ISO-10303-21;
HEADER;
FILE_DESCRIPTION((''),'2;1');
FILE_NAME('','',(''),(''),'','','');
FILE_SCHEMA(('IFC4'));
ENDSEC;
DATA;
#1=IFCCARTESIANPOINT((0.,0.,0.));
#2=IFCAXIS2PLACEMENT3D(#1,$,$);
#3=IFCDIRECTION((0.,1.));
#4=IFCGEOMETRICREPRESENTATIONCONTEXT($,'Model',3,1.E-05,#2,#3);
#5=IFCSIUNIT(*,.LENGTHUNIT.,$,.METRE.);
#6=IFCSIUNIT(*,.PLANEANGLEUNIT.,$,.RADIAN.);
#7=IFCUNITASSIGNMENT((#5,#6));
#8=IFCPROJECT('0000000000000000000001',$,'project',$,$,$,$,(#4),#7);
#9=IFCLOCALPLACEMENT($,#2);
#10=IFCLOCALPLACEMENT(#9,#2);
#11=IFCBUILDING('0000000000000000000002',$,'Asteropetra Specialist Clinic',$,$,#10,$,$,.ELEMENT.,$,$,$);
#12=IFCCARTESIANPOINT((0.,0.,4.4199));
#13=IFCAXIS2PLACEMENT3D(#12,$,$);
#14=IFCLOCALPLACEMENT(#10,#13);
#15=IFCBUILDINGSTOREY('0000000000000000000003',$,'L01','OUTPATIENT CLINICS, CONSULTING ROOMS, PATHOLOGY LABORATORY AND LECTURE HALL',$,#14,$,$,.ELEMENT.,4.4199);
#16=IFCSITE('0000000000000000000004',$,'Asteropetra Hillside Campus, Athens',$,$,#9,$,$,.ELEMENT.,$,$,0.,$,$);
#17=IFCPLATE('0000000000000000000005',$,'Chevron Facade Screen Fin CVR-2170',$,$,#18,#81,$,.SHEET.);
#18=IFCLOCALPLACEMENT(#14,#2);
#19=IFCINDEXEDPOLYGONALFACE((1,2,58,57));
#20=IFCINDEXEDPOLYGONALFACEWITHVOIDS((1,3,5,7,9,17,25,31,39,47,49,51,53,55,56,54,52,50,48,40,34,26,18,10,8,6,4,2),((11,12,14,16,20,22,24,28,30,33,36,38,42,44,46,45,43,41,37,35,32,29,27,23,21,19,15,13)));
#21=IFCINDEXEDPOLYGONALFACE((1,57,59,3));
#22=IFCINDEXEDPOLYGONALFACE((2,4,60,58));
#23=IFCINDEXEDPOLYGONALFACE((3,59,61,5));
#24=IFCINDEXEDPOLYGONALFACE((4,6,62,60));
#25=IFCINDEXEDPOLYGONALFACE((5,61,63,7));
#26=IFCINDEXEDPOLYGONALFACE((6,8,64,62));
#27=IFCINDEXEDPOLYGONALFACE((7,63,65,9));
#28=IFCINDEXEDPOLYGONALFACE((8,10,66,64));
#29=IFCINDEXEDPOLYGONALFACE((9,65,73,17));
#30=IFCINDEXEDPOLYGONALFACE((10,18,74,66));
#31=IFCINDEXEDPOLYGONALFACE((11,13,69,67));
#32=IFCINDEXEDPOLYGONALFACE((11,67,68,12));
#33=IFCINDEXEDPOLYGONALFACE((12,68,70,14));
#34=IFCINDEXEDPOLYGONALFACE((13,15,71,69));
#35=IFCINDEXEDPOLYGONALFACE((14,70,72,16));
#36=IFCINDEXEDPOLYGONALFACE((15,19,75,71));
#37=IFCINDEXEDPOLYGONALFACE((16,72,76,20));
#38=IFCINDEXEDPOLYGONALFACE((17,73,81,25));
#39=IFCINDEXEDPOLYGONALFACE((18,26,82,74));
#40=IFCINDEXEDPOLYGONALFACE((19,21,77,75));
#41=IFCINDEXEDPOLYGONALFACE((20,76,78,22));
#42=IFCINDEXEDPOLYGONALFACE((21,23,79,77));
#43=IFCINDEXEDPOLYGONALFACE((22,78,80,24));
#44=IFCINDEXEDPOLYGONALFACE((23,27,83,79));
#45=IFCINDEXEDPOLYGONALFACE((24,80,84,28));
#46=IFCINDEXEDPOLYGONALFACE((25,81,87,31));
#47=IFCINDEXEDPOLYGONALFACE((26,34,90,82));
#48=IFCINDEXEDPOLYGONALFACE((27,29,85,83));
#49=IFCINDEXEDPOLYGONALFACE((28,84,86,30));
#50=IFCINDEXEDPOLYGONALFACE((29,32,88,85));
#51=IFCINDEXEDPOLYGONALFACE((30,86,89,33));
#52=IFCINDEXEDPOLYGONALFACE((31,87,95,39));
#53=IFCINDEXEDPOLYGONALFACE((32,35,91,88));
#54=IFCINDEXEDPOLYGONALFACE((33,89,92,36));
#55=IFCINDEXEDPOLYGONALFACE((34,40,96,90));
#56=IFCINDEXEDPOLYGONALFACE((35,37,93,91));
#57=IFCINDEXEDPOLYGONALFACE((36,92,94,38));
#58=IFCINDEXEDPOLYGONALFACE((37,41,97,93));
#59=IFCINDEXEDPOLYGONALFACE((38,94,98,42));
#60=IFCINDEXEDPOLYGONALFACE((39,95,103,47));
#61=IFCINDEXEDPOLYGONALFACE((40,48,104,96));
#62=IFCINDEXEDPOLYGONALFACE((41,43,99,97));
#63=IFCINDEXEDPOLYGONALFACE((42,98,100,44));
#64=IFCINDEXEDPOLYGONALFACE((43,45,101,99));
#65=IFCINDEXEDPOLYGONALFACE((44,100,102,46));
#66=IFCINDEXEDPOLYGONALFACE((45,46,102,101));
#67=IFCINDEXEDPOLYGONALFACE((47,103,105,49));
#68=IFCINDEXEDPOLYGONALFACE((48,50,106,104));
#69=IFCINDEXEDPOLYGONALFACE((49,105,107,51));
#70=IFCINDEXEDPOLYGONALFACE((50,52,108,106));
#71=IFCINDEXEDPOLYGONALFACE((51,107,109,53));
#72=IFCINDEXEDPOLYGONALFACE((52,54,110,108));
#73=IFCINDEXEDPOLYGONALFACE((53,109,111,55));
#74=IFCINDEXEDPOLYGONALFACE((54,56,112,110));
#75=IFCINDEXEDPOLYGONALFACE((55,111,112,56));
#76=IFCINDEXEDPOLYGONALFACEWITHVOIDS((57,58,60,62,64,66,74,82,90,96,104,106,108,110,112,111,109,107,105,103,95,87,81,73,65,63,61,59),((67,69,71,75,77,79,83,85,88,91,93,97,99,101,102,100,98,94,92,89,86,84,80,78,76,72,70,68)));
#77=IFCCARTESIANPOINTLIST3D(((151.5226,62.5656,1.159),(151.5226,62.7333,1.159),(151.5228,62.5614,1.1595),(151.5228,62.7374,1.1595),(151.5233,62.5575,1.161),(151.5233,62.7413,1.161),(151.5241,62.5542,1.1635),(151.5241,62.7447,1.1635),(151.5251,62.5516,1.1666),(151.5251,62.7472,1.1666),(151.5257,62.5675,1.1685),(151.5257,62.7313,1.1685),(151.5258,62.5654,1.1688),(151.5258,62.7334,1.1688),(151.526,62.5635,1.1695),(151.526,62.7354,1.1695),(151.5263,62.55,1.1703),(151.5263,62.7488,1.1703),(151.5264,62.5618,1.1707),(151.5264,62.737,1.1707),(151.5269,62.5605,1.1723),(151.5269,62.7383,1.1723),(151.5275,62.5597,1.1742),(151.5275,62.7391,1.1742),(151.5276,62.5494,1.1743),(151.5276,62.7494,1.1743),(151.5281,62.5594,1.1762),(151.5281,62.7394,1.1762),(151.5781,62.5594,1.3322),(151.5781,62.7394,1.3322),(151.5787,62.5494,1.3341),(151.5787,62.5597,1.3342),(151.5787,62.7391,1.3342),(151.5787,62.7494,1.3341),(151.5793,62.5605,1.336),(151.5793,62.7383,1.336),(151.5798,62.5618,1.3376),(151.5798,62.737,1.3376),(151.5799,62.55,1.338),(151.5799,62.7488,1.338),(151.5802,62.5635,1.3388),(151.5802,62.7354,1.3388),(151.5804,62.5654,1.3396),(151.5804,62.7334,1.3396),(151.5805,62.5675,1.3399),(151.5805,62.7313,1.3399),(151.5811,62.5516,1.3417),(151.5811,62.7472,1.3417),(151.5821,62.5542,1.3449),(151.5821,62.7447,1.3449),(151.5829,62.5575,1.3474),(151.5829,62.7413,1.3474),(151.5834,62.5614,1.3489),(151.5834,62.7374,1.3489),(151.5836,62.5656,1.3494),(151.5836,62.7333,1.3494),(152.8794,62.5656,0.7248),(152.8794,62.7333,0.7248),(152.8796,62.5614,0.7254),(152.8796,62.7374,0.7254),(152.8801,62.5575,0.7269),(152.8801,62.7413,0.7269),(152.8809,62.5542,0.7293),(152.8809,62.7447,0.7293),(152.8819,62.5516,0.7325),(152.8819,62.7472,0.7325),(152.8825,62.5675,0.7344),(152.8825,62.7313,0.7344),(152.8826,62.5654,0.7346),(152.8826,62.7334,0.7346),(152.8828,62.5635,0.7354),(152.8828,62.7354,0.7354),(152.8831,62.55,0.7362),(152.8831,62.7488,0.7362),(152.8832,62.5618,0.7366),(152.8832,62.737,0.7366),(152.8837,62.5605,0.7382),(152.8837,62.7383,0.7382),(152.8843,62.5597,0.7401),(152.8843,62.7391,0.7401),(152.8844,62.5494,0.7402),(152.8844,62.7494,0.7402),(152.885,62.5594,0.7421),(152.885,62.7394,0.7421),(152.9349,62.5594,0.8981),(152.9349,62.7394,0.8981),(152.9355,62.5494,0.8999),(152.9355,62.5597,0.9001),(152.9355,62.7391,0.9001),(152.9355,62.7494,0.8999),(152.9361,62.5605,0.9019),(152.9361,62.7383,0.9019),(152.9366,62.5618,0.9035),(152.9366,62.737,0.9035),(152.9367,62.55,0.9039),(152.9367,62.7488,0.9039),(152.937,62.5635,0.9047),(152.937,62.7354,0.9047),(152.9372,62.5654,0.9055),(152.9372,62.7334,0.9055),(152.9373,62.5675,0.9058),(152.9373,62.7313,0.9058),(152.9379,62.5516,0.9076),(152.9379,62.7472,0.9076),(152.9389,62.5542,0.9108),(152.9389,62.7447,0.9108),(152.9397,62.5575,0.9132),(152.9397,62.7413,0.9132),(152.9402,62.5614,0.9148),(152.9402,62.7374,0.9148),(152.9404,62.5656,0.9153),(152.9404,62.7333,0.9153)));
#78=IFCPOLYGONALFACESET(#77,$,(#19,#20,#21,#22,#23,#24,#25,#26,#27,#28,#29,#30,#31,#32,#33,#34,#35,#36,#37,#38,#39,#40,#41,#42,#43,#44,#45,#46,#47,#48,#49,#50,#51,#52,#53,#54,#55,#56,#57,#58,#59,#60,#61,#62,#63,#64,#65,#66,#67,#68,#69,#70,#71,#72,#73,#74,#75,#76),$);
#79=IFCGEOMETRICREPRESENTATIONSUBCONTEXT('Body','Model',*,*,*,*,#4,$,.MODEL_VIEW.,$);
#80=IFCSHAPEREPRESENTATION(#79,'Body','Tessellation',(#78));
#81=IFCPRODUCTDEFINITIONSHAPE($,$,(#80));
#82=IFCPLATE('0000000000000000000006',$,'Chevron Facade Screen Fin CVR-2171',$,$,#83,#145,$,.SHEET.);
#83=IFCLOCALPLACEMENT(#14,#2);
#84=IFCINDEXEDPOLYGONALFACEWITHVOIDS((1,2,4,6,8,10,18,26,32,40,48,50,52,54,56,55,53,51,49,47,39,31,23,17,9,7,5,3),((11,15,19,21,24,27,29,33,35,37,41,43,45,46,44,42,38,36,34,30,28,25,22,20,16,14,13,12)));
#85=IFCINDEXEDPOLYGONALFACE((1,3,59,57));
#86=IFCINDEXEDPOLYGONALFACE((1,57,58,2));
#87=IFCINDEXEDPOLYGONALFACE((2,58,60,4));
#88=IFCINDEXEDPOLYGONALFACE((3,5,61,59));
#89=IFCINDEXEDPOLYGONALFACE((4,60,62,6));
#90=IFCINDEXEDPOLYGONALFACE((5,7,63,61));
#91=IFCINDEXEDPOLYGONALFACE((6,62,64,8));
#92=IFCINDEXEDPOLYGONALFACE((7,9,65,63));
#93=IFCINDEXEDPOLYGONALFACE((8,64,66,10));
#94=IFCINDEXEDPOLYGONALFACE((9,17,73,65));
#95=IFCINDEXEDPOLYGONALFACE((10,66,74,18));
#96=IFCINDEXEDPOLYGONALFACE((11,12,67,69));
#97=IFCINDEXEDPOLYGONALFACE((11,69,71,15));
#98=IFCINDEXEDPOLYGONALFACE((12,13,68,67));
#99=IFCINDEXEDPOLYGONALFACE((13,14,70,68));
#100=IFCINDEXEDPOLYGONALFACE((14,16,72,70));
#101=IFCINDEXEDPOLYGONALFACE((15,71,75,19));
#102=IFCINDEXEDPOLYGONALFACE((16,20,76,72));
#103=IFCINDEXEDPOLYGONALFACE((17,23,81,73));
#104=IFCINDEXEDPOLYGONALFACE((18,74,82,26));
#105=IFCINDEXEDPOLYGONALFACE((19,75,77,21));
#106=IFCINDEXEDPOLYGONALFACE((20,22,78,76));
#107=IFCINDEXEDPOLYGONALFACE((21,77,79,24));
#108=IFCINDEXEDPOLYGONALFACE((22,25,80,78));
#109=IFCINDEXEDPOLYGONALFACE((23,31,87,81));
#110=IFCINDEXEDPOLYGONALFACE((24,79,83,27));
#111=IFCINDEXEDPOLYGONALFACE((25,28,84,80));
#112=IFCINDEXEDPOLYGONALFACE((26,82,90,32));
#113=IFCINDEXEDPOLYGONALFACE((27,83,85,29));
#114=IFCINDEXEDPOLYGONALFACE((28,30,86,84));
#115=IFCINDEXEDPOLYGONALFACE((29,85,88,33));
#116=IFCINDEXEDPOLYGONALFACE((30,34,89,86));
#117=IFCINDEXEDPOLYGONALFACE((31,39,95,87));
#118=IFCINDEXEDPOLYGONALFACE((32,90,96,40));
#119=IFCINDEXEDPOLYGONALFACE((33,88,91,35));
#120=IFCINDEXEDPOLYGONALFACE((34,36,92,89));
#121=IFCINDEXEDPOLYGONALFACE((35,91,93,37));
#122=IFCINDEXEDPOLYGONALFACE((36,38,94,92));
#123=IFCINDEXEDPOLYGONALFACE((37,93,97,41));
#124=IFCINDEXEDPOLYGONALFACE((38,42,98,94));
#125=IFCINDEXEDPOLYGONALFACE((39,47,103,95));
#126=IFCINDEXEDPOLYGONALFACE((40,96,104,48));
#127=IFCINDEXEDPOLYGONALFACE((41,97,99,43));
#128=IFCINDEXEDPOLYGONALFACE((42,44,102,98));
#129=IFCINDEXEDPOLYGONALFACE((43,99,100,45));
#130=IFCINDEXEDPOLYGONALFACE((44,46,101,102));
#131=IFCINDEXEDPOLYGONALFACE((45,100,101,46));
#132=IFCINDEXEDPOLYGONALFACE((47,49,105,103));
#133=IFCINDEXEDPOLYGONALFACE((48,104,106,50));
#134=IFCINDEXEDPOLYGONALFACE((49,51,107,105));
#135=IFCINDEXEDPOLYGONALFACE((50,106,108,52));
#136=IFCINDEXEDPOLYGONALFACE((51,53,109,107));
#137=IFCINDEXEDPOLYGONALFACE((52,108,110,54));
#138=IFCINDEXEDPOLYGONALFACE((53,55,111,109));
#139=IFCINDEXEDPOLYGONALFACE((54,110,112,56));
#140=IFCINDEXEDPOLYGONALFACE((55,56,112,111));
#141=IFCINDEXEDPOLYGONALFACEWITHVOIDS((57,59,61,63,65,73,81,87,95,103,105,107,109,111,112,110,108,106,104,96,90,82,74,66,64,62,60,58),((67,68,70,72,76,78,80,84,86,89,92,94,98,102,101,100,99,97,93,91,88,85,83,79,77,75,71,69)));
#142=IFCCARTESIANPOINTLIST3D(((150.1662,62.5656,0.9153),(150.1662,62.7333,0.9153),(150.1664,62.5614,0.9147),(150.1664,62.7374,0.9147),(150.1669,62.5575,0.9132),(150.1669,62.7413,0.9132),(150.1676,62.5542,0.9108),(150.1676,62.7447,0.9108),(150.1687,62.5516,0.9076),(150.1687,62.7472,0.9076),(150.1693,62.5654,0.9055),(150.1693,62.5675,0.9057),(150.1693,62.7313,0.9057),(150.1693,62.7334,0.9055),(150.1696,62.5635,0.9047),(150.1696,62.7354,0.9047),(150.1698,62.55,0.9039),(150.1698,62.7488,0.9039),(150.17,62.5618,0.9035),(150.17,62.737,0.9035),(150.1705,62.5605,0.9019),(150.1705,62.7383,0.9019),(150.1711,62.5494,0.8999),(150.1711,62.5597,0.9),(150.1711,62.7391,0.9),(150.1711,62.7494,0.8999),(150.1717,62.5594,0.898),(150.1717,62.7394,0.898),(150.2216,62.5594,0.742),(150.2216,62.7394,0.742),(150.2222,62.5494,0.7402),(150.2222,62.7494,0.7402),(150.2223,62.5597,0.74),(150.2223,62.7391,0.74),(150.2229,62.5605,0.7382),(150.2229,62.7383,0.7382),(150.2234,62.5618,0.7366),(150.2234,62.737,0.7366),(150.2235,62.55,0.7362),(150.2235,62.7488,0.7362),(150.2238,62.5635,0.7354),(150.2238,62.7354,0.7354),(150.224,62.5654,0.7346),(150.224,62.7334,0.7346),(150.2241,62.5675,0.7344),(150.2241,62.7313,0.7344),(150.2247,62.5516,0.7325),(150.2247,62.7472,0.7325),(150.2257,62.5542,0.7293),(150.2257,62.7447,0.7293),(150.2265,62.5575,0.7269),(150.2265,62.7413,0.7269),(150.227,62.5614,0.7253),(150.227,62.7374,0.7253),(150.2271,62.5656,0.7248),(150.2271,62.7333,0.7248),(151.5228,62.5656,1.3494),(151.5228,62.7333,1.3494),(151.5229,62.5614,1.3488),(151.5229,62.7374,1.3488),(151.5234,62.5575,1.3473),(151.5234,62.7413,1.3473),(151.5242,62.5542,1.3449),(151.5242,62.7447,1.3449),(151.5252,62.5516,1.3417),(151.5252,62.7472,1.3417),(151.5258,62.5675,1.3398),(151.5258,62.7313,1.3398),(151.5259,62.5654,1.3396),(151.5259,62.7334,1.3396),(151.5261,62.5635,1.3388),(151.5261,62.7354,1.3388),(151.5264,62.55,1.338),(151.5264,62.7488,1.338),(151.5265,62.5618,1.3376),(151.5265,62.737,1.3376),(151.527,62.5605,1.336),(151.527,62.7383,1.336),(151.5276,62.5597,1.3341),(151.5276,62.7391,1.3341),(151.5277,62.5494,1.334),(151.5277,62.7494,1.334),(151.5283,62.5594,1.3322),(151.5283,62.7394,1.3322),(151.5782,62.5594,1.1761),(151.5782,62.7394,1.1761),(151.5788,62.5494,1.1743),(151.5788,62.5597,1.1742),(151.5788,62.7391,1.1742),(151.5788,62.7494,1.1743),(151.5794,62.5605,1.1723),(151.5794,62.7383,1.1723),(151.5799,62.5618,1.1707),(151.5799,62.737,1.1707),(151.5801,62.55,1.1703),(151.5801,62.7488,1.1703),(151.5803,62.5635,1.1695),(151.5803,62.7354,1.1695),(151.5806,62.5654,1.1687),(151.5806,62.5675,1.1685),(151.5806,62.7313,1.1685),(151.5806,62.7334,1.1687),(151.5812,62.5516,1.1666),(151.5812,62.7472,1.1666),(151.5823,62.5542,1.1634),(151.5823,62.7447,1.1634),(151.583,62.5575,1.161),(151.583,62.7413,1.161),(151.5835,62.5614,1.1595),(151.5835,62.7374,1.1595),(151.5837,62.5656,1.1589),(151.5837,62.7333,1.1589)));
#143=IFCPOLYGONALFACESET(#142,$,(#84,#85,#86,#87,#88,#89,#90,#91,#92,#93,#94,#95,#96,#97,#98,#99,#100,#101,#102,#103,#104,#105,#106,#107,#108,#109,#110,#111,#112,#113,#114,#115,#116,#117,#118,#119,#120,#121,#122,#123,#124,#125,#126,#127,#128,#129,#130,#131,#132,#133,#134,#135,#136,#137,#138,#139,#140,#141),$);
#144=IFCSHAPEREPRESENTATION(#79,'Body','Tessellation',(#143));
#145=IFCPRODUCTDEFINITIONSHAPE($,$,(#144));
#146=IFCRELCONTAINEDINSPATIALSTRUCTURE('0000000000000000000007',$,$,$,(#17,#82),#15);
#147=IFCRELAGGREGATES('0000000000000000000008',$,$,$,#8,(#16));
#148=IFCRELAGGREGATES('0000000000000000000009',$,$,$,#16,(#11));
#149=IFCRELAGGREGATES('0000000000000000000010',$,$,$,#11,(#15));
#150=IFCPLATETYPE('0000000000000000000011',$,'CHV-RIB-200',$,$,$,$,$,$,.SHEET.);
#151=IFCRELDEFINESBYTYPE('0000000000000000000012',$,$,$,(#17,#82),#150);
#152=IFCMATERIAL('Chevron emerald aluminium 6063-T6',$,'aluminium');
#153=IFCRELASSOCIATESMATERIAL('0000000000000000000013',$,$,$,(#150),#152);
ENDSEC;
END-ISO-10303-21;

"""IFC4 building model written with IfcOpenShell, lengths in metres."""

from ifc_helpers import new_model, si_unit, direction, frame, origin, origin_2d, place, context, subcontext, project, spatial, hollow_rectangle, extrude, material, material_profile, profile_set, type_object, element, save


model = new_model("IFC4")

# Units and contexts
model_context = context("Model", 3, precision=1e-05, world=origin(), true_north=direction((0.0, 1.0)))
body_context = subcontext(model_context, "Body", "Model", "MODEL_VIEW")
ifc_project = project(units=[si_unit("LENGTHUNIT", "METRE"), si_unit("PLANEANGLEUNIT", "RADIAN")], contexts=[model_context])

# Site, building, storey
site_placement = place(None, origin())
site = spatial("IfcSite", under=ifc_project, at=site_placement, Name="Asteropetra Hillside Campus, Athens", CompositionType="ELEMENT", RefElevation=0.0)
building_placement = place(site_placement, origin())
building = spatial("IfcBuilding", under=site, at=building_placement, Name="Asteropetra Specialist Clinic", CompositionType="ELEMENT")
storey_placement = place(building_placement, frame((0.0, 0.0, 4.4199)))
storey = spatial("IfcBuildingStorey", under=building, at=storey_placement, Name="L01", Description="OUTPATIENT CLINICS, CONSULTING ROOMS, PATHOLOGY LABORATORY AND LECTURE HALL", CompositionType="ELEMENT", Elevation=4.4199)

# Plates
ifc_material_1 = material(Name="Chevron emerald aluminium 6063-T6", Category="aluminium")
ifc_material_profile = material_profile(ifc_material_1, hollow_rectangle(XDim=0.2, YDim=0.2, WallThickness=0.01, InnerFilletRadius=0.0081, OuterFilletRadius=0.0161, at=origin_2d()), Name="SHS 200x200x10.0")
ifc_profile_set = profile_set([ifc_material_profile], Name="Chevron emerald aluminium 6063-T6")
plate_type = type_object("IfcPlateType", Name="CHV-RIB-200", PredefinedType="SHEET", material=ifc_profile_set)
plate_1_placement = place(storey_placement, frame((152.9099, 62.6494, 0.8201), z_axis=(-0.952436, 0.0, 0.304738), x_axis=(0.0, -1.0, 0.0)))
element("IfcPlate", 1, at=plate_1_placement, inside=storey, type_object=plate_type, Name="Chevron Facade Screen Fin CVR-2170", PredefinedType="SHEET", context=body_context, shape_type="SweptSolid", body=[
    extrude(hollow_rectangle(XDim=0.2, YDim=0.2, WallThickness=0.01, InnerFilletRadius=0.0081, OuterFilletRadius=0.0161, at=origin_2d()), origin(), (0.0, 0.0, 1.0), 1.4246),
])
plate_2_placement = place(storey_placement, frame((151.5532, 62.6494, 1.2542), z_axis=(-0.95242, 0.0, -0.304788), x_axis=(0.0, -1.0, 0.0)))
element("IfcPlate", 2, at=plate_2_placement, inside=storey, type_object=plate_type, Name="Chevron Facade Screen Fin CVR-2171", PredefinedType="SHEET", context=body_context, shape_type="SweptSolid", body=[
    extrude(hollow_rectangle(XDim=0.2, YDim=0.2, WallThickness=0.01, InnerFilletRadius=0.0081, OuterFilletRadius=0.0161, at=origin_2d()), origin(), (0.0, 0.0, 1.0), 1.4243),
])

save(model, "model.ifc")
